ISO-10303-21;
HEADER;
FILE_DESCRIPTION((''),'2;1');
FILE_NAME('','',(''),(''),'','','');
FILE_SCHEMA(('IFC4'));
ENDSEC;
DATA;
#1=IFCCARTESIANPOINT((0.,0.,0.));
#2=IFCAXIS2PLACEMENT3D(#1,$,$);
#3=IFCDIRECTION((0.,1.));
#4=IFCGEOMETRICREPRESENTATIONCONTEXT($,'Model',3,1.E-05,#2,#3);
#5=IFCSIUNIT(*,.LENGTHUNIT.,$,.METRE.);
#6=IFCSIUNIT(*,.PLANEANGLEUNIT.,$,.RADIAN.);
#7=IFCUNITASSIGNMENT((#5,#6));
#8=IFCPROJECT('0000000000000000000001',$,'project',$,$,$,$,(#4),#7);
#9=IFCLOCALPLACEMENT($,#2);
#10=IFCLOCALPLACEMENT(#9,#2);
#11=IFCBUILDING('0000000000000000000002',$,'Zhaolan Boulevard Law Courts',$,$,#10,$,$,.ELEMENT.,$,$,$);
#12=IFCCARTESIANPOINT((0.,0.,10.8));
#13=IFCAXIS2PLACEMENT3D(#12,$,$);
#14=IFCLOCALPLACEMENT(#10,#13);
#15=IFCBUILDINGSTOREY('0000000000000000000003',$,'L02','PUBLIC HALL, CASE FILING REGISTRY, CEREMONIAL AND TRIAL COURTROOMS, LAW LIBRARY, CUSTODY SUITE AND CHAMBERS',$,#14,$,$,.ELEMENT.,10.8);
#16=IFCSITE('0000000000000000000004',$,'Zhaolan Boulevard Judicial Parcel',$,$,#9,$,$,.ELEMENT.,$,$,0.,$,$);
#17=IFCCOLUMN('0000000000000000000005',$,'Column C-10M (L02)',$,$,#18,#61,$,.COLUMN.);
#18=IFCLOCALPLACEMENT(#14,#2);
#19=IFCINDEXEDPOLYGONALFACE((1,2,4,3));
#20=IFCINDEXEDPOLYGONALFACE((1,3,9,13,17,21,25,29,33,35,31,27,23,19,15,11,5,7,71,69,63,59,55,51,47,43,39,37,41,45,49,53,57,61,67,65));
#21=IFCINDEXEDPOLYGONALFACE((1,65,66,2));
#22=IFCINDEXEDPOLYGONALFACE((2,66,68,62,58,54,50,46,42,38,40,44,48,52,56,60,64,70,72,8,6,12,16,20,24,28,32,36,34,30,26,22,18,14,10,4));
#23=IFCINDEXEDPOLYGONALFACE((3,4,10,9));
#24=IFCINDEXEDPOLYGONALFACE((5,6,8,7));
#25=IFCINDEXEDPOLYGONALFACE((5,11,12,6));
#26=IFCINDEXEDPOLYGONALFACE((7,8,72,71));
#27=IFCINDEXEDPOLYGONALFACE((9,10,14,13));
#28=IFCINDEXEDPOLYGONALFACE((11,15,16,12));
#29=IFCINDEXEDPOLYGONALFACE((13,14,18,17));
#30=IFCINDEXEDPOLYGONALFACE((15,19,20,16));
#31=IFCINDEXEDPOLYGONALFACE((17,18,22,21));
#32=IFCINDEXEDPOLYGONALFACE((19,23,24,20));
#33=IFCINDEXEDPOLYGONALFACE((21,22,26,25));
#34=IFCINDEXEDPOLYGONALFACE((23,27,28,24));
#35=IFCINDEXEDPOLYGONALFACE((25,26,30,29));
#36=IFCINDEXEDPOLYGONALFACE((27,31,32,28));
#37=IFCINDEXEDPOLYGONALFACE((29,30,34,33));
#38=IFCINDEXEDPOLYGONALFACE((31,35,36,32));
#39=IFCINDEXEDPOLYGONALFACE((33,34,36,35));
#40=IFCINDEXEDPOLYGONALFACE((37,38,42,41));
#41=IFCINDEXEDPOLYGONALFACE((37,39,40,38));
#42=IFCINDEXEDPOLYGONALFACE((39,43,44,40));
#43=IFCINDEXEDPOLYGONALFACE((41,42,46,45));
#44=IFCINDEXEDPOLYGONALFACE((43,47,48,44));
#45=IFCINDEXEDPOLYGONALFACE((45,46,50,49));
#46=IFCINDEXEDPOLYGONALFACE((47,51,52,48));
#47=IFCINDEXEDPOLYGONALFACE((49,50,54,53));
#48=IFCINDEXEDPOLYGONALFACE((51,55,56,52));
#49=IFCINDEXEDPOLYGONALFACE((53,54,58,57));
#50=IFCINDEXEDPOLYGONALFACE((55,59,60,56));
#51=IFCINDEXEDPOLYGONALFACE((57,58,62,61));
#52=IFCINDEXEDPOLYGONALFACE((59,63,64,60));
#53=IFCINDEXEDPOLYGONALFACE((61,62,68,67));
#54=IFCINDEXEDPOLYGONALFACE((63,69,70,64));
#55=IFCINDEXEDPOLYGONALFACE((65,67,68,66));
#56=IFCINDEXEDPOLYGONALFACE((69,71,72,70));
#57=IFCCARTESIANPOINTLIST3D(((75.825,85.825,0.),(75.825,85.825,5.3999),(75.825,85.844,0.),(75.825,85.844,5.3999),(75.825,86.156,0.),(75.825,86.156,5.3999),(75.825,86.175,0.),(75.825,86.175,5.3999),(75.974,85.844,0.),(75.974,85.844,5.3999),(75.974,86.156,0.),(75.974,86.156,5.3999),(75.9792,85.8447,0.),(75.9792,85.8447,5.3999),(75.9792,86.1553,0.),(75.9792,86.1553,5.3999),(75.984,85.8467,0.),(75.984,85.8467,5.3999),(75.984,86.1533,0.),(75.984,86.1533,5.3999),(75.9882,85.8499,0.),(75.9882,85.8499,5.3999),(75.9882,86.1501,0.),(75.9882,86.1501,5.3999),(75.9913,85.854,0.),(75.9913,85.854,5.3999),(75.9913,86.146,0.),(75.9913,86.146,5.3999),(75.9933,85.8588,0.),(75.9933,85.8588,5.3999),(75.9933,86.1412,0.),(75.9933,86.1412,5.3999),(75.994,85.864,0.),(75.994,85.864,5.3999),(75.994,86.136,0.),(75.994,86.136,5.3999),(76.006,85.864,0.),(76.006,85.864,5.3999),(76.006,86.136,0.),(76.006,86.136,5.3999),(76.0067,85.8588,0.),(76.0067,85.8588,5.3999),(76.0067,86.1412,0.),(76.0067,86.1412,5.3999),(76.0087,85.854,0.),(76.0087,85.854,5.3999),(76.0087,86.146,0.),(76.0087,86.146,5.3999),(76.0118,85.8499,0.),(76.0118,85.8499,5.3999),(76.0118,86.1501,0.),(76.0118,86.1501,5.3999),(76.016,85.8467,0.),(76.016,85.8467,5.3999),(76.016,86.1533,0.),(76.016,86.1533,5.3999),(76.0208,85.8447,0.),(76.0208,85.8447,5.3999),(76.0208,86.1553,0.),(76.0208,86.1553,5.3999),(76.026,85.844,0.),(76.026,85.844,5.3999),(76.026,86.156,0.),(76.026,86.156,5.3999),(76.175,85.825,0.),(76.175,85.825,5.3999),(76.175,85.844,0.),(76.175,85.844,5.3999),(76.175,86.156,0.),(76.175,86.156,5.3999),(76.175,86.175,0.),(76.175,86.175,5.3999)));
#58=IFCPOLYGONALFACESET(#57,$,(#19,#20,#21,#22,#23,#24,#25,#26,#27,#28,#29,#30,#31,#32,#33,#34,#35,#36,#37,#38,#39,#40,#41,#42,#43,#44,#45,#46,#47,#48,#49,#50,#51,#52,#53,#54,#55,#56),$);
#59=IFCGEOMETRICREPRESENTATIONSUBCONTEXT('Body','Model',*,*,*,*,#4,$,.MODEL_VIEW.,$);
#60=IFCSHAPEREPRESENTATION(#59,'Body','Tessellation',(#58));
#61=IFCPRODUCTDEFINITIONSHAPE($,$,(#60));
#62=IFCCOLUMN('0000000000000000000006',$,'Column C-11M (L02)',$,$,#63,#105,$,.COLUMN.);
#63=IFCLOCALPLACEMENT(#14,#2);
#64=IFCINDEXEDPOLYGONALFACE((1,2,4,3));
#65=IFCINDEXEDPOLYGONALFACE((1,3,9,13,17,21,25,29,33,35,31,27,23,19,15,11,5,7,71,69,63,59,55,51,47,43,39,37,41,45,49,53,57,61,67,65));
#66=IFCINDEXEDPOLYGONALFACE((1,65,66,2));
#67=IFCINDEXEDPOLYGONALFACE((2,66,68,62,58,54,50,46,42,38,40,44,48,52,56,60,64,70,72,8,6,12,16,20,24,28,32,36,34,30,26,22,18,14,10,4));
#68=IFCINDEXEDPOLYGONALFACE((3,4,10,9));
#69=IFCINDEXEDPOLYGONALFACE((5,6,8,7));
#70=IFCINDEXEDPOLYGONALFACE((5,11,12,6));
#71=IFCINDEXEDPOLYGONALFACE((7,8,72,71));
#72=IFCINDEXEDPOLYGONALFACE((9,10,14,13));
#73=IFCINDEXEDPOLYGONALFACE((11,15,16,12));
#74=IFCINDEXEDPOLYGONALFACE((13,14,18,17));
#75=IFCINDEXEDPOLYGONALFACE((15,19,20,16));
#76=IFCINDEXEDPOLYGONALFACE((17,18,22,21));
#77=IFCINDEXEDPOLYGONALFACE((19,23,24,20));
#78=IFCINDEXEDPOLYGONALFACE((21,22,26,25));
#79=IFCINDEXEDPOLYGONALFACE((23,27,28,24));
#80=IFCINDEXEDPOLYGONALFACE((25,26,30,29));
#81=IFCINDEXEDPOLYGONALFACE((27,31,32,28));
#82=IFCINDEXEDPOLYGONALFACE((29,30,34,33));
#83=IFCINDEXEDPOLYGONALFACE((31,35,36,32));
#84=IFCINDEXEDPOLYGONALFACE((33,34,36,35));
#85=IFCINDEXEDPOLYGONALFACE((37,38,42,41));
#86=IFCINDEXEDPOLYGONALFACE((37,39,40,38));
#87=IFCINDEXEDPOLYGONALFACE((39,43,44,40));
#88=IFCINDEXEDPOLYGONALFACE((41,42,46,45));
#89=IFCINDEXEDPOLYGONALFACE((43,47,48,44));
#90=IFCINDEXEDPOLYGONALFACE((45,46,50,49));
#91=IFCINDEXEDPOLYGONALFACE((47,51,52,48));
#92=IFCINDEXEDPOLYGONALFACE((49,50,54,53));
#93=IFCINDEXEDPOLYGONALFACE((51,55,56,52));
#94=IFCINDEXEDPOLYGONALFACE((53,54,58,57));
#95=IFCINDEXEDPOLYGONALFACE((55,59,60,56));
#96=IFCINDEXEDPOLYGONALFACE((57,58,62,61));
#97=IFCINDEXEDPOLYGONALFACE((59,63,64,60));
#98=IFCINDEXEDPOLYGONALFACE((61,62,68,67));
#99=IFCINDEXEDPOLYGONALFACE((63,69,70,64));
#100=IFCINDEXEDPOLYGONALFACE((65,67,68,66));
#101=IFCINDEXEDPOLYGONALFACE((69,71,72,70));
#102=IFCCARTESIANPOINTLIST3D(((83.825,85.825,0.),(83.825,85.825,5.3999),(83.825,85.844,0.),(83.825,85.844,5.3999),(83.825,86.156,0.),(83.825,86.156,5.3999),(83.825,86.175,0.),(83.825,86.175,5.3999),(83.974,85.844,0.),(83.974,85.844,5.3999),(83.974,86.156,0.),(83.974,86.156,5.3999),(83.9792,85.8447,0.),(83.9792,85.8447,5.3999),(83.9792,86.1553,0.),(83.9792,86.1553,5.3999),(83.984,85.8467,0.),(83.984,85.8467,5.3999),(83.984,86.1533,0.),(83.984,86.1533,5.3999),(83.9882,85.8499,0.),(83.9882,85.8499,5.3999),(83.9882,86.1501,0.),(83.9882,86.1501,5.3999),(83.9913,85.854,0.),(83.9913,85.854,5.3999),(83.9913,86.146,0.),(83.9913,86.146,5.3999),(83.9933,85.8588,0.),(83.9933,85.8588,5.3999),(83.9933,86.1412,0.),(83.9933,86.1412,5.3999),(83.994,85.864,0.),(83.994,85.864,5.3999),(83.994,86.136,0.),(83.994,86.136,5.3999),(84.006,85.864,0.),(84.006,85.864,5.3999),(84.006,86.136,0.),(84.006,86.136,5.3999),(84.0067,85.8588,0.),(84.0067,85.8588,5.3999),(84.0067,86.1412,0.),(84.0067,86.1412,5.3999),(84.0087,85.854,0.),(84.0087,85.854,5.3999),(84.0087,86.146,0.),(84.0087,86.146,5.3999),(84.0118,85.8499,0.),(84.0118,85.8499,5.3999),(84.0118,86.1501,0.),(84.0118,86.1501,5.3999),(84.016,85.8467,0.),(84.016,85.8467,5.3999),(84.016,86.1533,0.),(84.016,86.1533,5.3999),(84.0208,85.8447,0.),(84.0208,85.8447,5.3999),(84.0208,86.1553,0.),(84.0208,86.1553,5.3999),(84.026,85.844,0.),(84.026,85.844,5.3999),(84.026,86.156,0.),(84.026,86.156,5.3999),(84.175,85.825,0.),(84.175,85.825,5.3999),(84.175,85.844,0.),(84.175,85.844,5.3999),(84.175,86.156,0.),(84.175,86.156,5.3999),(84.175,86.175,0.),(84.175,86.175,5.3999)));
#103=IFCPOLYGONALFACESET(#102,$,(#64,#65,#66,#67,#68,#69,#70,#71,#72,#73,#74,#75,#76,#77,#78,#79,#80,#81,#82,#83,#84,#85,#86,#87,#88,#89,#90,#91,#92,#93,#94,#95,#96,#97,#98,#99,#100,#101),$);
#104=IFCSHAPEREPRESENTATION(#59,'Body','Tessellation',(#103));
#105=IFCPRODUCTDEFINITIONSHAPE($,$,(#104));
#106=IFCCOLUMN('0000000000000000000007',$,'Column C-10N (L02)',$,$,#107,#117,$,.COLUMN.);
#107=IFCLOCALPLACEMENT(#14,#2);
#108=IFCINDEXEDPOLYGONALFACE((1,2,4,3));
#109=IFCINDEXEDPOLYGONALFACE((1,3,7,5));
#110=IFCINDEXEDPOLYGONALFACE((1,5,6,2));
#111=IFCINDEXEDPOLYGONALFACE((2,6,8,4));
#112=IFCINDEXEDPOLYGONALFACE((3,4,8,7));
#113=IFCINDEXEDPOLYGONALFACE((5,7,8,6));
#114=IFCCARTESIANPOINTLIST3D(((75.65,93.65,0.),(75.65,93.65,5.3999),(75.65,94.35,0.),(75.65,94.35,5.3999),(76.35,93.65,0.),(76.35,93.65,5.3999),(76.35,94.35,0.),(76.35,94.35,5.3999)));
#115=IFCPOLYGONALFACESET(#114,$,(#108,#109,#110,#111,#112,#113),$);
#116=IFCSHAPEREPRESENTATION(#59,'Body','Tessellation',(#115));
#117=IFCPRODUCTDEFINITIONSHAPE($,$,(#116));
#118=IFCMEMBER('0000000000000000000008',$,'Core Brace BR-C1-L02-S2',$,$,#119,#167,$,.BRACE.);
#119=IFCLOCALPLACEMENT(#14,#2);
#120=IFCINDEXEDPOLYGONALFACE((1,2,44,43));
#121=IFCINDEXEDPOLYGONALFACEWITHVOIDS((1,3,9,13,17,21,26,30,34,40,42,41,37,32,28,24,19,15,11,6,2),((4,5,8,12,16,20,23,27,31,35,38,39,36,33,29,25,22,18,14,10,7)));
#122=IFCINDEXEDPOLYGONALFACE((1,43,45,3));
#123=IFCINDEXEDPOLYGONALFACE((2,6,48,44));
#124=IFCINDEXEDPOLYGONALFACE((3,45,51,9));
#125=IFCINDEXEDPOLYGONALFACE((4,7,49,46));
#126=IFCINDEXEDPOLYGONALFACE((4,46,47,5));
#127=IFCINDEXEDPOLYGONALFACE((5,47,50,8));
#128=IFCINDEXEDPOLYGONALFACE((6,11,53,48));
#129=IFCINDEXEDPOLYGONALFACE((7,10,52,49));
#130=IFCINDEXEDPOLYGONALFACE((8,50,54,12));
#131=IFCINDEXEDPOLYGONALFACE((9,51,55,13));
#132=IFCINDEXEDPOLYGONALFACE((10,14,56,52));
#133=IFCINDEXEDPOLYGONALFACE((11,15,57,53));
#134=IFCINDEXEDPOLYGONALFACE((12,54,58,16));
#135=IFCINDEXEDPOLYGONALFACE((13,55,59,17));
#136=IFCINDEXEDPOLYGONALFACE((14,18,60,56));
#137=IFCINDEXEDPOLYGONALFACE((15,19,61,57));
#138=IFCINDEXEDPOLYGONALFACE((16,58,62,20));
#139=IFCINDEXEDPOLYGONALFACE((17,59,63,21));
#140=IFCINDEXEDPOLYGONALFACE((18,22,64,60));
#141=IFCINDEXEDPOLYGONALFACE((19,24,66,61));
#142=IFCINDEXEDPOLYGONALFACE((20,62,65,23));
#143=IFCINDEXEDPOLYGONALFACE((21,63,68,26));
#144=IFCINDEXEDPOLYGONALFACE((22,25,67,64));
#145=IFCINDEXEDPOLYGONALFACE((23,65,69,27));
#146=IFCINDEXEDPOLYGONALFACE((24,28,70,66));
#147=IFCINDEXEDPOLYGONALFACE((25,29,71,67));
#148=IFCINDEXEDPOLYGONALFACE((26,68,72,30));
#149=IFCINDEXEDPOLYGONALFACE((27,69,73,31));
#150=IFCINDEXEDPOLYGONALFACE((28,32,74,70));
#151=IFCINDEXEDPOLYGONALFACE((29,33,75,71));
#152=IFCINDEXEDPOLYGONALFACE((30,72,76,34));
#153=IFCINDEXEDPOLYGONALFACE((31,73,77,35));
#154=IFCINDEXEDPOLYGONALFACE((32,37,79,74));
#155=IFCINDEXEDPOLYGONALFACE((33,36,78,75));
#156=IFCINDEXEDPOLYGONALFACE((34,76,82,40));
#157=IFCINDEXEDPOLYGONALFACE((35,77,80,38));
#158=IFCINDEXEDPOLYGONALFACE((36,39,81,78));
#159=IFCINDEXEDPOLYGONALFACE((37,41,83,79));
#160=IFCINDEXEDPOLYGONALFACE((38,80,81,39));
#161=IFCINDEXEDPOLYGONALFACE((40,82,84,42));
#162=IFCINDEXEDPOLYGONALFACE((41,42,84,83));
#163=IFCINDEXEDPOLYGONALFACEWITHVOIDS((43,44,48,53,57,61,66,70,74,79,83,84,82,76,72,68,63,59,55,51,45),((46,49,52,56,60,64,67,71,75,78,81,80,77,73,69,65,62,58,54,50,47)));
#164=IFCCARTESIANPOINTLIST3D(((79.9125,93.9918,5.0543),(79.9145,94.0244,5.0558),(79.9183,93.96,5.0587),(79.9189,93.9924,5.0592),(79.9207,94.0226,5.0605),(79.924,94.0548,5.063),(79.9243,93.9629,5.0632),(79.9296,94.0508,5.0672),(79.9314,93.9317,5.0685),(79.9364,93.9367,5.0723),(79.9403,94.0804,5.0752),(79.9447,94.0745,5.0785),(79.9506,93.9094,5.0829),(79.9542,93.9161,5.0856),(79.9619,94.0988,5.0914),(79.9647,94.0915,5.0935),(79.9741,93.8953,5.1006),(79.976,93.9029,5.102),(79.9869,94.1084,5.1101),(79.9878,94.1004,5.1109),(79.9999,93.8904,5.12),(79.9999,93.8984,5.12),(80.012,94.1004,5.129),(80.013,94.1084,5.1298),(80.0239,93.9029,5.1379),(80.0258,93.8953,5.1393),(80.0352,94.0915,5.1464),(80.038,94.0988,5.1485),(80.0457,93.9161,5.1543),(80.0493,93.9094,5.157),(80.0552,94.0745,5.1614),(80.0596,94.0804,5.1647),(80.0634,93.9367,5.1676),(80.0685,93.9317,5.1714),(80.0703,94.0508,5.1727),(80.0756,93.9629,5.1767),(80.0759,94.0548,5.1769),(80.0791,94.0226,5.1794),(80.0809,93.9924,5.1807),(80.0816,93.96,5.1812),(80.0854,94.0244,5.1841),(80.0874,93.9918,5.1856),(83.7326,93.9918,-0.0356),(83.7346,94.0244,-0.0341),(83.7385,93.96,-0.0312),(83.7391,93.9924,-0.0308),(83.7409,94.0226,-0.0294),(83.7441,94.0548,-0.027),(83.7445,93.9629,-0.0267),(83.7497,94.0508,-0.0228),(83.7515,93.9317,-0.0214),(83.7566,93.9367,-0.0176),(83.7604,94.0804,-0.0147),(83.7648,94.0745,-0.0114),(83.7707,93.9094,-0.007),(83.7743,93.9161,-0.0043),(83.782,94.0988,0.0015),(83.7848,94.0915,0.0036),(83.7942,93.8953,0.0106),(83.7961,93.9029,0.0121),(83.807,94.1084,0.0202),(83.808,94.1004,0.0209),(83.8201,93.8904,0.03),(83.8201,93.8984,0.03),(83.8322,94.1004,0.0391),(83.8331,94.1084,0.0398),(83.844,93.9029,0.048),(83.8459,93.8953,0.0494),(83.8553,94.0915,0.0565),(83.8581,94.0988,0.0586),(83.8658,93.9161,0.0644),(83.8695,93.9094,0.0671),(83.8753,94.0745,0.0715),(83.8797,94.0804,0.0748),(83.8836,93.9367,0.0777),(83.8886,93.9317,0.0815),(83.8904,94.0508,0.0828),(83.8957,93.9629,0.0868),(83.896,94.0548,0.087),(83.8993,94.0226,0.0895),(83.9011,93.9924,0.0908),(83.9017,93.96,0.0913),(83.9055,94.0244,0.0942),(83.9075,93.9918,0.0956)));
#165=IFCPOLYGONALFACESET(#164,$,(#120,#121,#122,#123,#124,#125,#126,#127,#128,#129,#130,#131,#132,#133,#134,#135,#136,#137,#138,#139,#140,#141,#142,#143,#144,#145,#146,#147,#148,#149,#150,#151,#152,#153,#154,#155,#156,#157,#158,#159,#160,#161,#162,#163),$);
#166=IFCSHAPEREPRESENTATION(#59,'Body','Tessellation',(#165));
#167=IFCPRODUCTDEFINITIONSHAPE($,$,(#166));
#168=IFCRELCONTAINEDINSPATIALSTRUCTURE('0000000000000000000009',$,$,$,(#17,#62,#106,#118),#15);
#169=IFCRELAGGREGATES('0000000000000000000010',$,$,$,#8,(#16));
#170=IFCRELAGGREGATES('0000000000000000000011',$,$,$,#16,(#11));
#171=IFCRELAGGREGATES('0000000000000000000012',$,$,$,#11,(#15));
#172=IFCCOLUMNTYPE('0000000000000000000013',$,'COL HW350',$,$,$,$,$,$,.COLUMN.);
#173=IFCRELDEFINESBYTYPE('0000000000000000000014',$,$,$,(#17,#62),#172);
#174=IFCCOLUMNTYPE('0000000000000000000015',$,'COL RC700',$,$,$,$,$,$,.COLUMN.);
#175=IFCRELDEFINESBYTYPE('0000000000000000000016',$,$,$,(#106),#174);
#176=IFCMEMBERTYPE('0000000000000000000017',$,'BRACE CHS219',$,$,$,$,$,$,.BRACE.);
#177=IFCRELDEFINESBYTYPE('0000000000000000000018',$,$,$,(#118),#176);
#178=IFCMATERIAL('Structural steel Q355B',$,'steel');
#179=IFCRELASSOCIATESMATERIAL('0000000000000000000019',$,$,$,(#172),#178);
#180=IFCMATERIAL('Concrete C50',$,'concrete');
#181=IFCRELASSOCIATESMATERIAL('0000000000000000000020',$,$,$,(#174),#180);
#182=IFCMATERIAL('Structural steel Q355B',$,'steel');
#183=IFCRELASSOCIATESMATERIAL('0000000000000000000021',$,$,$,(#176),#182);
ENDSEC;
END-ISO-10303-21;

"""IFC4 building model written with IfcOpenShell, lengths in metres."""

from ifc_helpers import new_model, si_unit, direction, frame, origin, origin_2d, place, context, subcontext, project, spatial, rectangle, hollow_circle, i_section, extrude, material, material_profile, profile_set, type_object, element, save


model = new_model("IFC4")

# Units and contexts
model_context = context("Model", 3, precision=1e-05, world=origin(), true_north=direction((0.0, 1.0)))
body_context = subcontext(model_context, "Body", "Model", "MODEL_VIEW")
ifc_project = project(units=[si_unit("LENGTHUNIT", "METRE"), si_unit("PLANEANGLEUNIT", "RADIAN")], contexts=[model_context])

# Site, building, storey
site_placement = place(None, origin())
site = spatial("IfcSite", under=ifc_project, at=site_placement, Name="Zhaolan Boulevard Judicial Parcel", CompositionType="ELEMENT", RefElevation=0.0)
building_placement = place(site_placement, origin())
building = spatial("IfcBuilding", under=site, at=building_placement, Name="Zhaolan Boulevard Law Courts", CompositionType="ELEMENT")
storey_placement = place(building_placement, frame((0.0, 0.0, 10.8)))
storey = spatial("IfcBuildingStorey", under=building, at=storey_placement, Name="L02", Description="PUBLIC HALL, CASE FILING REGISTRY, CEREMONIAL AND TRIAL COURTROOMS, LAW LIBRARY, CUSTODY SUITE AND CHAMBERS", CompositionType="ELEMENT", Elevation=10.8)

# Columns
ifc_material_1 = material(Name="Structural steel Q355B", Category="steel")
ifc_material_profile_1 = material_profile(ifc_material_1, i_section(OverallWidth=0.3501, OverallDepth=0.3501, WebThickness=0.012, FlangeThickness=0.019, FilletRadius=0.02, at=origin_2d()), Name="HW350x350")
ifc_profile_set_1 = profile_set([ifc_material_profile_1], Name="Structural steel Q355B")
column_type_1 = type_object("IfcColumnType", Name="COL HW350", PredefinedType="COLUMN", material=ifc_profile_set_1)
for number, where, z_axis, x_axis, name in (
    (1, (76.0, 86.0, 0.0), (0.0, 0.0, 1.0), (1.0, 0.0, 0.0), "Column C-10M (L02)"),
    (2, (84.0, 86.0, 0.0), (0.0, 0.0, 1.0), (1.0, 0.0, 0.0), "Column C-11M (L02)"),
):
    element("IfcColumn", number, at=place(storey_placement, frame(where, z_axis=z_axis, x_axis=x_axis)), inside=storey, type_object=column_type_1, Name=name, PredefinedType="COLUMN", context=body_context, shape_type="SweptSolid", body=[
        extrude(i_section(OverallWidth=0.3501, OverallDepth=0.3501, WebThickness=0.012, FlangeThickness=0.019, FilletRadius=0.02, at=origin_2d()), origin(), (0.0, 0.0, 1.0), 5.3999),
    ])
ifc_material_2 = material(Name="Concrete C50", Category="concrete")
ifc_material_profile_2 = material_profile(ifc_material_2, rectangle(XDim=0.7, YDim=0.7, at=origin_2d()), Name="RC700x700")
ifc_profile_set_2 = profile_set([ifc_material_profile_2], Name="Concrete C50")
column_type_2 = type_object("IfcColumnType", Name="COL RC700", PredefinedType="COLUMN", material=ifc_profile_set_2)
column_placement = place(storey_placement, frame((76.0, 94.0, 0.0), z_axis=(0.0, 0.0, 1.0), x_axis=(1.0, 0.0, 0.0)))
element("IfcColumn", 3, at=column_placement, inside=storey, type_object=column_type_2, Name="Column C-10N (L02)", PredefinedType="COLUMN", context=body_context, shape_type="SweptSolid", body=[
    extrude(rectangle(XDim=0.7, YDim=0.7, at=origin_2d()), origin(), (0.0, 0.0, 1.0), 5.3999),
])

# Member
ifc_material_3 = material(Name="Structural steel Q355B", Category="steel")
ifc_material_profile_3 = material_profile(ifc_material_3, hollow_circle(Radius=0.1096, WallThickness=0.0081, at=origin_2d()), Name="CHS219x8")
ifc_profile_set_3 = profile_set([ifc_material_profile_3], Name="Structural steel Q355B")
member_type_1 = type_object("IfcMemberType", Name="BRACE CHS219", PredefinedType="BRACE", material=ifc_profile_set_3)
member_1_placement = place(storey_placement, frame((83.8201, 94.0, 0.03), z_axis=(-0.60027, 0.0, 0.799797), x_axis=(0.0, -1.0, 0.0)))
element("IfcMember", 4, at=member_1_placement, inside=storey, type_object=member_type_1, Name="Core Brace BR-C1-L02-S2", PredefinedType="BRACE", context=body_context, shape_type="SweptSolid", body=[
    extrude(hollow_circle(Radius=0.1096, WallThickness=0.0081, at=origin_2d()), origin(), (0.0, 0.0, 1.0), 6.364),
])

save(model, "model.ifc")
